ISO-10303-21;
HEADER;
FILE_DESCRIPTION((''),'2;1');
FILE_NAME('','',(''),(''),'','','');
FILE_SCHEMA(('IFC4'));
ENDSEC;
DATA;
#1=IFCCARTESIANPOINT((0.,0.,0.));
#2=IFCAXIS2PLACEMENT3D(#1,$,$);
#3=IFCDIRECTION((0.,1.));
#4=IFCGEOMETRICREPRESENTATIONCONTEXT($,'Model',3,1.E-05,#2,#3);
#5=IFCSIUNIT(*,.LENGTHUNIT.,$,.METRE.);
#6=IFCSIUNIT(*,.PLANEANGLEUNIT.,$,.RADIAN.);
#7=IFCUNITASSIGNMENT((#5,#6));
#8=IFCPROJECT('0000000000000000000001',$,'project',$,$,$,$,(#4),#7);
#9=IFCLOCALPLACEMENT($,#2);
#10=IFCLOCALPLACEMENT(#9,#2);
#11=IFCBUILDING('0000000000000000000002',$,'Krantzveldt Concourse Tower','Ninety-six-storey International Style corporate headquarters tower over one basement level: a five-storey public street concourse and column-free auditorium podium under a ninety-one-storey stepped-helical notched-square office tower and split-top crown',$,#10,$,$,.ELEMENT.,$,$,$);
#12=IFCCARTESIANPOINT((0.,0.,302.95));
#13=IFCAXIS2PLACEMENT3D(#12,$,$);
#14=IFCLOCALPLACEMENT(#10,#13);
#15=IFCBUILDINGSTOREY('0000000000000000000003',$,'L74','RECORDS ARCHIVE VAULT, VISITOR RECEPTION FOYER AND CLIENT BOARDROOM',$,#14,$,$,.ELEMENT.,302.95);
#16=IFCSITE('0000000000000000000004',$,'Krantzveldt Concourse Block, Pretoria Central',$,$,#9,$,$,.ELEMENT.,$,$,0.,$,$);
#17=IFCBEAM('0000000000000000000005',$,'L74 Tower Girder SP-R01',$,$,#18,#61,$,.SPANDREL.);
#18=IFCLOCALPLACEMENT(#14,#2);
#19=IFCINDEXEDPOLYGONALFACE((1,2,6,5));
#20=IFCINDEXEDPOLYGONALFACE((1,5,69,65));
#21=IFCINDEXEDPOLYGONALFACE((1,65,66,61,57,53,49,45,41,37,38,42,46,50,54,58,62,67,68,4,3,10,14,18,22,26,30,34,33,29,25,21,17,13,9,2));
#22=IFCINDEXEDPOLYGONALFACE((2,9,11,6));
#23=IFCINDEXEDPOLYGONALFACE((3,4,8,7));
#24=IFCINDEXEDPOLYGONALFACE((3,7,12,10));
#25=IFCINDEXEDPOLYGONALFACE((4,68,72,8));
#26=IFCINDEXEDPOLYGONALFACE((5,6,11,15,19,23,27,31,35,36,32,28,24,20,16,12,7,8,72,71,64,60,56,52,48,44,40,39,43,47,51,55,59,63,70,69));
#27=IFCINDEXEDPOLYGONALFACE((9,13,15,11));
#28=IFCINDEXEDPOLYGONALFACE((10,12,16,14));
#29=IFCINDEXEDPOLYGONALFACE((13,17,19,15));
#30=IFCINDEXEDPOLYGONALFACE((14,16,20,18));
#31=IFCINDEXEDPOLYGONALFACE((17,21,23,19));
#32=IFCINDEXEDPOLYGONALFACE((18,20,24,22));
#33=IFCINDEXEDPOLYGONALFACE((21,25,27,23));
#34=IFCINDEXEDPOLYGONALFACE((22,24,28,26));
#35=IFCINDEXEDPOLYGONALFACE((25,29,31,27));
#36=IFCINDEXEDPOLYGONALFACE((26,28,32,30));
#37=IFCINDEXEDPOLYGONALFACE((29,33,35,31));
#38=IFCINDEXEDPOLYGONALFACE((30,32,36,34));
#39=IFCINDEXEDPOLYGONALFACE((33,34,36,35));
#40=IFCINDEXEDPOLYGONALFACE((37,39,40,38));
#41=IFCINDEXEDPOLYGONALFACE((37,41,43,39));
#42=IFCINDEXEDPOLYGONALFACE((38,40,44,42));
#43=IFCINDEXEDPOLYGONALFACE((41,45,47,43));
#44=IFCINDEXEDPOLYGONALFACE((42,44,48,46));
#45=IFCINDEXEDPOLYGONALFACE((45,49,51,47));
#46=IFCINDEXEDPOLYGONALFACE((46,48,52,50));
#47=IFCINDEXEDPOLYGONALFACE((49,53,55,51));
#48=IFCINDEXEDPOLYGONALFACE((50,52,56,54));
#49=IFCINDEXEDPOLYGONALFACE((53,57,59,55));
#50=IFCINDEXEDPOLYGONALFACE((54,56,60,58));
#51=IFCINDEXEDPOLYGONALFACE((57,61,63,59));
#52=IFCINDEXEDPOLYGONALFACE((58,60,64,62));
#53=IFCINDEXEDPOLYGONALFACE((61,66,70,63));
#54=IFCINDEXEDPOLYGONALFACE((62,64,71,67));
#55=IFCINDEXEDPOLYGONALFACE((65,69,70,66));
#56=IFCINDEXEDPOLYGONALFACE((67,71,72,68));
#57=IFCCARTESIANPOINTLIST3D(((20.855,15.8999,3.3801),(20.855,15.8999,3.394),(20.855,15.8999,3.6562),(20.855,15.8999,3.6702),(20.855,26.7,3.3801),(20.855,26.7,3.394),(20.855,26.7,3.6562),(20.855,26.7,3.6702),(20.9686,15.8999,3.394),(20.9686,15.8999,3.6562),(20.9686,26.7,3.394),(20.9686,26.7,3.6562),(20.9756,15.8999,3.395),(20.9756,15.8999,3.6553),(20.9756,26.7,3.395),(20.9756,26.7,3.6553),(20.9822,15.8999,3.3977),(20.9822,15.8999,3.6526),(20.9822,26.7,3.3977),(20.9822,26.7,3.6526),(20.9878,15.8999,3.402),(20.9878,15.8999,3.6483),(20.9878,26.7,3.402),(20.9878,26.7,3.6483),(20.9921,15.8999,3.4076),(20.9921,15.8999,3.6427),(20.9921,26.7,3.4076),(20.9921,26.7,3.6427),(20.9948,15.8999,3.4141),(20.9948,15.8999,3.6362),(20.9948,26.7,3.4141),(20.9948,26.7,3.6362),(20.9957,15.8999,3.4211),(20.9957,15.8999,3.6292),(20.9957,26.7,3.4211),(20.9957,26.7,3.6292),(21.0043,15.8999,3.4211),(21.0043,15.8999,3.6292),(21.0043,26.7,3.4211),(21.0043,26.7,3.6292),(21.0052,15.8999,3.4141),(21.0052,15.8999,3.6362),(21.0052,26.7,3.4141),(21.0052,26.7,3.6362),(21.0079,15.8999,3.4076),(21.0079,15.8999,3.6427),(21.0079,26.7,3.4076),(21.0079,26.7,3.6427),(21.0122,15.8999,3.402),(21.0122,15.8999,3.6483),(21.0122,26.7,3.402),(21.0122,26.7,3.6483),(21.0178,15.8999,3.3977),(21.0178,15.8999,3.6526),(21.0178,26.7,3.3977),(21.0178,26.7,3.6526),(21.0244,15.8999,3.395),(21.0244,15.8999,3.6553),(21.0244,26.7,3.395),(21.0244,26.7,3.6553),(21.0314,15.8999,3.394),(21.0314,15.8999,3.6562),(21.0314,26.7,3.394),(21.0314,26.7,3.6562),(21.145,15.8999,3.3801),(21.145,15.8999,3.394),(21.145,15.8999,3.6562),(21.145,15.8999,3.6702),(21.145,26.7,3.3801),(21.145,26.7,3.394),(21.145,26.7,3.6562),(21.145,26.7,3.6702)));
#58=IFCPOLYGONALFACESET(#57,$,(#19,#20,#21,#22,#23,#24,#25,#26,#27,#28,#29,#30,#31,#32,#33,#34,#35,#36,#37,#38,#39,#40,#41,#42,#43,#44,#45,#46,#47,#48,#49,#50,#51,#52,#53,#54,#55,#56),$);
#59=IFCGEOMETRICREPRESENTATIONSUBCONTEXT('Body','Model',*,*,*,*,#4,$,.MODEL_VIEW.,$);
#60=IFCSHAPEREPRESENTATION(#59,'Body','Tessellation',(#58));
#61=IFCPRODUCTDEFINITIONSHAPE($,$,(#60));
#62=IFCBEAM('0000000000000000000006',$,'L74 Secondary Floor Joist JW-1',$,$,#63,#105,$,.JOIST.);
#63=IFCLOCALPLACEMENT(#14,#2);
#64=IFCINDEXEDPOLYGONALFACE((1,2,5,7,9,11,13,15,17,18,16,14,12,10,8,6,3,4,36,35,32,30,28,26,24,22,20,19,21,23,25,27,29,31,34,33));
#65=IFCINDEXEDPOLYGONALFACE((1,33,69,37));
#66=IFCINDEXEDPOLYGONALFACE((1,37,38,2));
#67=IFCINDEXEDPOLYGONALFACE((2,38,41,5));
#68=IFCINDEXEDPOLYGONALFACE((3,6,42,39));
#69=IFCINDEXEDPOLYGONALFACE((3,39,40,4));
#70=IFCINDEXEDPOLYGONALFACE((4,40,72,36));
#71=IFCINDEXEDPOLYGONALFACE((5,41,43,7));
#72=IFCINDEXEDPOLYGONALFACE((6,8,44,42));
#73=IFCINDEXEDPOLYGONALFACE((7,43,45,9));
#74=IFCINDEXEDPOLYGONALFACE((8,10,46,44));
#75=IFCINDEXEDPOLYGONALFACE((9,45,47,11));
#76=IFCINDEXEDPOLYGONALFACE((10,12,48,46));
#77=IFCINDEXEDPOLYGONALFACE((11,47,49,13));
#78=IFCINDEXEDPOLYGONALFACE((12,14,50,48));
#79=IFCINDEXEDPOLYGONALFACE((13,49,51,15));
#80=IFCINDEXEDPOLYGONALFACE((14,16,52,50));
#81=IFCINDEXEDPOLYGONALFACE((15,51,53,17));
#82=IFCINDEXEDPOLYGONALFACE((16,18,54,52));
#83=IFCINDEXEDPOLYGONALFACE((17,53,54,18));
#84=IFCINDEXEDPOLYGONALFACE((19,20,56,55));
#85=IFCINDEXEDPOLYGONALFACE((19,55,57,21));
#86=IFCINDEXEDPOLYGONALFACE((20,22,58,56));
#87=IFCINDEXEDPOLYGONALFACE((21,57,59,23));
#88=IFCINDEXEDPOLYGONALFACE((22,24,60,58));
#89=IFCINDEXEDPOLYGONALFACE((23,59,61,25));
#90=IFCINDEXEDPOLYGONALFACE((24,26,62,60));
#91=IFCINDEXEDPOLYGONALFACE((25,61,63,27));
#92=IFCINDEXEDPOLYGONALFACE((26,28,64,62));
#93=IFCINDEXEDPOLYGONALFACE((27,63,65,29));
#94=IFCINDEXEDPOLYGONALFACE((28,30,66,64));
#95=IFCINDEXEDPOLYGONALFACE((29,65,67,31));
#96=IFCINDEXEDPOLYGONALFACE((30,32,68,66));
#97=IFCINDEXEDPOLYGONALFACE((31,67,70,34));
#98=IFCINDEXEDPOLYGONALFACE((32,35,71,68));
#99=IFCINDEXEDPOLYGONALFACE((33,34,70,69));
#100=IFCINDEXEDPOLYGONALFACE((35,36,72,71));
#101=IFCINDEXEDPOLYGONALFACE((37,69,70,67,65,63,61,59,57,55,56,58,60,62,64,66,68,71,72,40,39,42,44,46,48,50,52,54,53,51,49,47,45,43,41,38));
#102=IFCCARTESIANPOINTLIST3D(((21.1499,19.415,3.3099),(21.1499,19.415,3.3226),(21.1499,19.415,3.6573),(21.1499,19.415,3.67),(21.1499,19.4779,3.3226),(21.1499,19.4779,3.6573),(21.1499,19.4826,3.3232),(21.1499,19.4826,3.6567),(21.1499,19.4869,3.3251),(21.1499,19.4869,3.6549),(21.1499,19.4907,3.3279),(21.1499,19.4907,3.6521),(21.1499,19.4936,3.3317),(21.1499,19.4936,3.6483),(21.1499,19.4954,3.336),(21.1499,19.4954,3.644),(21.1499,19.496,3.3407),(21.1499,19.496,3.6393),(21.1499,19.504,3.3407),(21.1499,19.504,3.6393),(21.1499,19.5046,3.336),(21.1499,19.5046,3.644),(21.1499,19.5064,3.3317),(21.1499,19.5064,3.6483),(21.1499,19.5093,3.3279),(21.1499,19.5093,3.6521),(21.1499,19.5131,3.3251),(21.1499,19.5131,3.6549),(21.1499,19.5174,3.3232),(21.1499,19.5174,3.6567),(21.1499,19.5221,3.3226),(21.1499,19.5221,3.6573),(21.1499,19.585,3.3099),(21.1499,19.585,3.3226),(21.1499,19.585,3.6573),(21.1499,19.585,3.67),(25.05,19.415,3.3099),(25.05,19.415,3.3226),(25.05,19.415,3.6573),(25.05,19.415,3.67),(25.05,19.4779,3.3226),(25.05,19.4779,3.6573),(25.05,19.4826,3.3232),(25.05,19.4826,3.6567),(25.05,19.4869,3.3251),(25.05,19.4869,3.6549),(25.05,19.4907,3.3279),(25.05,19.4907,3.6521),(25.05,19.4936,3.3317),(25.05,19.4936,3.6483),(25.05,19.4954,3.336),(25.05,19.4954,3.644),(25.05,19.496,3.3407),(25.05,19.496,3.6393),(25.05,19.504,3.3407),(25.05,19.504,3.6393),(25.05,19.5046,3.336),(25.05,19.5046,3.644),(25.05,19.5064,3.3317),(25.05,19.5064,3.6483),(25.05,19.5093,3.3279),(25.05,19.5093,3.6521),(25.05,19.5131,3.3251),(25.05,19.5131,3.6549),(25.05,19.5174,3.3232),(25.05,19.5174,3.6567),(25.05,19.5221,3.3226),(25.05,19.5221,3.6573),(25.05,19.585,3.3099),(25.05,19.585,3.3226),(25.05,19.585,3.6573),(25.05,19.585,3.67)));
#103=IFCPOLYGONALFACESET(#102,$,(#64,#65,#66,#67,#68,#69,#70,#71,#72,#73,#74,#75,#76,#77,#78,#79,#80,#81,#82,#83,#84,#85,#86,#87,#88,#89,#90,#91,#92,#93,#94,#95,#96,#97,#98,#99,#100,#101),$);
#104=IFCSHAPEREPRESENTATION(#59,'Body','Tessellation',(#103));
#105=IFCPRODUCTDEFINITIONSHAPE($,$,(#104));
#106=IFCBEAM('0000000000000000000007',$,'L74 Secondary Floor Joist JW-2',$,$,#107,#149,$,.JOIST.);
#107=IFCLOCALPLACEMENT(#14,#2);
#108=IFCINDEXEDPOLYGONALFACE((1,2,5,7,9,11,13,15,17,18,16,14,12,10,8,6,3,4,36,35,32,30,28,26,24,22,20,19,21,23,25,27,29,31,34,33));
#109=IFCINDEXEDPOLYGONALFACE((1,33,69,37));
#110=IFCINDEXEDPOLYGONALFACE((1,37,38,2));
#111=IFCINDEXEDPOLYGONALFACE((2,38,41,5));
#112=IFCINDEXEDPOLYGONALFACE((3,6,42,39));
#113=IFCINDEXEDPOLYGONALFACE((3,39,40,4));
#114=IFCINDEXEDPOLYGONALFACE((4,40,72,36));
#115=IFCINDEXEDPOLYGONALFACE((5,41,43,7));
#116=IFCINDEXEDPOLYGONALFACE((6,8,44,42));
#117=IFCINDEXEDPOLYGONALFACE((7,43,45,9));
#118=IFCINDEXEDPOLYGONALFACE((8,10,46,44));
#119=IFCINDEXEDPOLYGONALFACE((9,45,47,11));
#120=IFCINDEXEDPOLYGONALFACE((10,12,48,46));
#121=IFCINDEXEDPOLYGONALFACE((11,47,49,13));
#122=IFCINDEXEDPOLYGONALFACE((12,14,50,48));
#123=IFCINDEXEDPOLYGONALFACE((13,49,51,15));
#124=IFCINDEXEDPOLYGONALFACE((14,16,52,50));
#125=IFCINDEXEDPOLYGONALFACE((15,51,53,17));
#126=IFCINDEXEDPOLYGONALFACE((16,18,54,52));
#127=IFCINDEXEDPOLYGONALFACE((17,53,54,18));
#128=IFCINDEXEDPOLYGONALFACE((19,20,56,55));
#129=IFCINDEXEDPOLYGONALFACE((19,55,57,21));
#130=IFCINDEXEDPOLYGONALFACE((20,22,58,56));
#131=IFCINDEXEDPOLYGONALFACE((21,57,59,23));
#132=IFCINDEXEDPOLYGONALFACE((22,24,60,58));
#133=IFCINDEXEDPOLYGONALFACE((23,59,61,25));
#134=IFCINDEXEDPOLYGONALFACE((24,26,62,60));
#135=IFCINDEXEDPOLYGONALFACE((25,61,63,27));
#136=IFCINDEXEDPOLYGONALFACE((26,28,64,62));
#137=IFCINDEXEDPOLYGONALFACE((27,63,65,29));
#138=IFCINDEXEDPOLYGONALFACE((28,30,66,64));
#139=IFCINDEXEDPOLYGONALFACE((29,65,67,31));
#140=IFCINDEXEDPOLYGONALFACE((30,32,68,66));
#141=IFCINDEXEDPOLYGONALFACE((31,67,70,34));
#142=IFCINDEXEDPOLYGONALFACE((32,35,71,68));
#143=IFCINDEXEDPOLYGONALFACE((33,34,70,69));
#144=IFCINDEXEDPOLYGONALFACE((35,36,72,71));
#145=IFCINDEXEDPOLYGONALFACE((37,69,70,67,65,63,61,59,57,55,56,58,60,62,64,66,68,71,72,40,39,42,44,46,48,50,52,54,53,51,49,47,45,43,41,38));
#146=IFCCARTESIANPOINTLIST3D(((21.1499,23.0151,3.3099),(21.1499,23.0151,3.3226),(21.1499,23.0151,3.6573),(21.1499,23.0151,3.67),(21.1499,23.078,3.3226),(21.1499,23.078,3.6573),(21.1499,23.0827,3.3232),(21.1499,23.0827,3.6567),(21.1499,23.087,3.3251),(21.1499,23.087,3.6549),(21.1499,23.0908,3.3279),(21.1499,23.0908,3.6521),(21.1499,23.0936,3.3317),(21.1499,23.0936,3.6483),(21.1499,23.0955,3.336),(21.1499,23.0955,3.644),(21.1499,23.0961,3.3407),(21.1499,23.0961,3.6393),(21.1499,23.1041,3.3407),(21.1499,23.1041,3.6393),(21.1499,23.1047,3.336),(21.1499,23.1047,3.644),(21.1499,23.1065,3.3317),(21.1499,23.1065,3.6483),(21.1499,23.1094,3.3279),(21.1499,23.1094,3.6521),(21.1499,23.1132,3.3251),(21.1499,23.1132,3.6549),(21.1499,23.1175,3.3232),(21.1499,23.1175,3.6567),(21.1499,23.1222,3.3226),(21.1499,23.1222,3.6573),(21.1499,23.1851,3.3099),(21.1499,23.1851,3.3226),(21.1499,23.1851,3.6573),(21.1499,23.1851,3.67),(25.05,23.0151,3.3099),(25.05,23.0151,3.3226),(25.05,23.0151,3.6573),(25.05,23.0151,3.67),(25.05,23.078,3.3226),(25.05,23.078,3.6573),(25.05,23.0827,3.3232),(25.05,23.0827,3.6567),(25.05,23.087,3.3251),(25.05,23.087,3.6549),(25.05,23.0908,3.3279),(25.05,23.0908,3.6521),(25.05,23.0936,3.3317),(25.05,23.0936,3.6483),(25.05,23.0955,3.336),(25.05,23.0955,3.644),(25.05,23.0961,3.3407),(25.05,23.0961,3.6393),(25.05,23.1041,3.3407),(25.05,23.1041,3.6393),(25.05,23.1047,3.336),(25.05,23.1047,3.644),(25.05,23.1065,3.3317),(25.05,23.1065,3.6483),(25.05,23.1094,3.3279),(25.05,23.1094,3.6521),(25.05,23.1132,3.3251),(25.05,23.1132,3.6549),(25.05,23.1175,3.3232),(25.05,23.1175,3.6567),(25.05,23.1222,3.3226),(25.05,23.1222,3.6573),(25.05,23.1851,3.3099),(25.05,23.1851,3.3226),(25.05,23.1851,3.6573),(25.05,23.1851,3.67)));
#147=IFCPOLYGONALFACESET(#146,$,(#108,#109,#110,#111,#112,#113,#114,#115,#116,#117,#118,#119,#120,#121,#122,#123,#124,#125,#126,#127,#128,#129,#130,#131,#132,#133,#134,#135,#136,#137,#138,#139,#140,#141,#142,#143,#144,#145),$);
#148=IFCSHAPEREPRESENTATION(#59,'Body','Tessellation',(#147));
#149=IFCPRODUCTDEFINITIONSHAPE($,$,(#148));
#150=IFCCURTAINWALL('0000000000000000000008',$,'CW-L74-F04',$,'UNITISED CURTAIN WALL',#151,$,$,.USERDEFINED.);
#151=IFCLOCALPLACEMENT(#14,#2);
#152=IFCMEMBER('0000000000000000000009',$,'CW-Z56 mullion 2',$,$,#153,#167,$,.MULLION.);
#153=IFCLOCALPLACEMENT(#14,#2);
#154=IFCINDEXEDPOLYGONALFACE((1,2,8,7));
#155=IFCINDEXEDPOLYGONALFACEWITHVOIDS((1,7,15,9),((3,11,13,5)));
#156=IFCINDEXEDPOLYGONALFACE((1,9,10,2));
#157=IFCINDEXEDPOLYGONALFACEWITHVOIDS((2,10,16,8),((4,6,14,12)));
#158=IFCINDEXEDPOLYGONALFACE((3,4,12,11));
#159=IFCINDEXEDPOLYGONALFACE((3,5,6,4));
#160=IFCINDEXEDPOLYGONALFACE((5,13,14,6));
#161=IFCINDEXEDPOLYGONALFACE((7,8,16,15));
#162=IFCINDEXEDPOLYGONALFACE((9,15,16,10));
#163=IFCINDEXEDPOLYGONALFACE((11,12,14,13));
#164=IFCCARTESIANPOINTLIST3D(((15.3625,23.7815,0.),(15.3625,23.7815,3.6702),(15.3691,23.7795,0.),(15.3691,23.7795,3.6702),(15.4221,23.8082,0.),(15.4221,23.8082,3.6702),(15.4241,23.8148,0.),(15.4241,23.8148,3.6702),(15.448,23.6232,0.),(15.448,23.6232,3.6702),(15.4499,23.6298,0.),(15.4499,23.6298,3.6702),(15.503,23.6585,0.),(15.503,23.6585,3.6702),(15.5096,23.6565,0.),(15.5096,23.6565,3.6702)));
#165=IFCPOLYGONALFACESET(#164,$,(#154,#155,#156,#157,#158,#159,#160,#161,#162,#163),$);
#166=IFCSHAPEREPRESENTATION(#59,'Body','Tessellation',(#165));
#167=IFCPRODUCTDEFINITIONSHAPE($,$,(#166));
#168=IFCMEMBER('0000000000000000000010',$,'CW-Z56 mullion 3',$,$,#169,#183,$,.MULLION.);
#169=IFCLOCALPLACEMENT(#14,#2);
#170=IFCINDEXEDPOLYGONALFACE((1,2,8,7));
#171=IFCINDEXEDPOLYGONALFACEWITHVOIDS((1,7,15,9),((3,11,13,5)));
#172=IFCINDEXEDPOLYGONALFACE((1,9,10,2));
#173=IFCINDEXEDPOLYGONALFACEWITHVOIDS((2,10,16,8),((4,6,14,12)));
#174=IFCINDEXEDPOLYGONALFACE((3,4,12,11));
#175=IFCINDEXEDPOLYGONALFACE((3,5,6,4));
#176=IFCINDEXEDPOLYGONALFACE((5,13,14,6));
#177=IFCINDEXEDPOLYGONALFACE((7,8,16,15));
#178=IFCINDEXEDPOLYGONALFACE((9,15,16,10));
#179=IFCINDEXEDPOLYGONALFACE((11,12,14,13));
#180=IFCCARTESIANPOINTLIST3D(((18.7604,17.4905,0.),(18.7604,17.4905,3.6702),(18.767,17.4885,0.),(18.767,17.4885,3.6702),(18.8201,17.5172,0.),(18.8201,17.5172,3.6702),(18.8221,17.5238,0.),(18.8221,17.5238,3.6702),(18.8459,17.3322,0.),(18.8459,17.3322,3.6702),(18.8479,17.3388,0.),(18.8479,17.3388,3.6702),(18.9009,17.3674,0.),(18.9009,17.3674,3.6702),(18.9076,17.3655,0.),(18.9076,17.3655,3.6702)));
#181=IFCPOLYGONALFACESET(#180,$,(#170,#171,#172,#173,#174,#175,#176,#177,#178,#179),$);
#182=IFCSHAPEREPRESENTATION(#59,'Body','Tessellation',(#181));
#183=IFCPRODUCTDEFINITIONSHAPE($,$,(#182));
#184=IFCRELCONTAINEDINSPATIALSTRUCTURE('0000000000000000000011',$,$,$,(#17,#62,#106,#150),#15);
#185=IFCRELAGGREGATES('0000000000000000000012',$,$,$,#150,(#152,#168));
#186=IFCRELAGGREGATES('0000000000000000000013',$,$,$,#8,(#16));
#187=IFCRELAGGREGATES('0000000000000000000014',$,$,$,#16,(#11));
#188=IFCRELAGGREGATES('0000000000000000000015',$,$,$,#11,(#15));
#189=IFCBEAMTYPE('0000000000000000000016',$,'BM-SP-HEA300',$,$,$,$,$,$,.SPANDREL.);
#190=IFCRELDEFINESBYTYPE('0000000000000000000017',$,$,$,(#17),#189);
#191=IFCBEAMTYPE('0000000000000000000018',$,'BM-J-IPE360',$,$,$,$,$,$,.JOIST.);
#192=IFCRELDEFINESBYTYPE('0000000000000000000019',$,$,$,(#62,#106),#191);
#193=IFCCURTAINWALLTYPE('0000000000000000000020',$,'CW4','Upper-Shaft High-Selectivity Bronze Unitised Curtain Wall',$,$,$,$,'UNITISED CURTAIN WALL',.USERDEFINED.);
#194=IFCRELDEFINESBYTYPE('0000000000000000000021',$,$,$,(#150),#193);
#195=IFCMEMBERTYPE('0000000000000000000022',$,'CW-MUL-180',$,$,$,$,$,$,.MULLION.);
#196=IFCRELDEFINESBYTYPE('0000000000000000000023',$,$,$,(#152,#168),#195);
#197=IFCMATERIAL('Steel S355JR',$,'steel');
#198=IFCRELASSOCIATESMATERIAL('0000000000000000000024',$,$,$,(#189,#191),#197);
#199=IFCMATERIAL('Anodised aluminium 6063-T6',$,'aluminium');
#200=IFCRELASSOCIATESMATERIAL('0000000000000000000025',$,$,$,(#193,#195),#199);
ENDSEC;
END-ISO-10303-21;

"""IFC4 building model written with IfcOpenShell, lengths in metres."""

from ifc_helpers import new_model, si_unit, direction, frame, origin, origin_2d, place, context, subcontext, project, spatial, hollow_rectangle, i_section, extrude, source, transform, mapped, material, material_profile, profile_set, type_object, type_shapes, element, aggregate, save


model = new_model("IFC4")

# Units and contexts
model_context = context("Model", 3, precision=1e-05, world=origin(), true_north=direction((0.0, 1.0)))
body_context = subcontext(model_context, "Body", "Model", "MODEL_VIEW")
ifc_project = project(units=[si_unit("LENGTHUNIT", "METRE"), si_unit("PLANEANGLEUNIT", "RADIAN")], contexts=[model_context])

# Site, building, storey
site_placement = place(None, origin())
site = spatial("IfcSite", under=ifc_project, at=site_placement, Name="Krantzveldt Concourse Block, Pretoria Central", CompositionType="ELEMENT", RefElevation=0.0)
building_placement = place(site_placement, origin())
building = spatial("IfcBuilding", under=site, at=building_placement, Name="Krantzveldt Concourse Tower", Description="Ninety-six-storey International Style corporate headquarters tower over one basement level: a five-storey public street concourse and column-free auditorium podium under a ninety-one-storey stepped-helical notched-square office tower and split-top crown", CompositionType="ELEMENT")
storey_placement = place(building_placement, frame((0.0, 0.0, 302.95)))
storey = spatial("IfcBuildingStorey", under=building, at=storey_placement, Name="L74", Description="RECORDS ARCHIVE VAULT, VISITOR RECEPTION FOYER AND CLIENT BOARDROOM", CompositionType="ELEMENT", Elevation=302.95)

# Beams
ifc_material_1 = material(Name="Steel S355JR", Category="steel")
ifc_material_profile_1 = material_profile(ifc_material_1, i_section(OverallWidth=0.29, OverallDepth=0.29, WebThickness=0.0085, FlangeThickness=0.0139, FilletRadius=0.0271, at=origin_2d()), Name="Steel S355JR", Category="steel")
ifc_profile_set_1 = profile_set([ifc_material_profile_1], Name="Steel S355JR - HEA 300")
beam_type_1 = type_object("IfcBeamType", Name="BM-SP-HEA300", PredefinedType="SPANDREL", material=ifc_profile_set_1)
shared_shape_1 = source(origin(), body_context, "Body", "SweptSolid", [
    extrude(i_section(OverallWidth=0.29, OverallDepth=0.29, WebThickness=0.0085, FlangeThickness=0.0139, FilletRadius=0.0271, at=origin_2d()), origin(), (0.0, 0.0, 1.0), 10.8),
])
type_shapes(beam_type_1, [shared_shape_1])
beam_1_placement = place(storey_placement, frame((21.0, 15.8999, 3.5251), z_axis=(0.0, 1.0, 0.0), x_axis=(-1.0, 0.0, 0.0)))
element("IfcBeam", 1, at=beam_1_placement, inside=storey, type_object=beam_type_1, Name="L74 Tower Girder SP-R01", PredefinedType="SPANDREL", context=body_context, shape_type="MappedRepresentation", body=[
    mapped(shared_shape_1, transform((0.0, 0.0, 0.0), x_axis=(1.0, 0.0, 0.0), y_axis=(0.0, 1.0, 0.0), z_axis=(0.0, 0.0, 1.0), scale=1.0)),
])
ifc_material_profile_2 = material_profile(ifc_material_1, i_section(OverallWidth=0.1699, OverallDepth=0.3601, WebThickness=0.0081, FlangeThickness=0.0127, FilletRadius=0.0181, at=origin_2d()), Name="Steel S355JR", Category="steel")
ifc_profile_set_2 = profile_set([ifc_material_profile_2], Name="Steel S355JR - IPE 360")
beam_type_2 = type_object("IfcBeamType", Name="BM-J-IPE360", PredefinedType="JOIST", material=ifc_profile_set_2)
shared_shape_2 = source(origin(), body_context, "Body", "SweptSolid", [
    extrude(i_section(OverallWidth=0.1699, OverallDepth=0.3601, WebThickness=0.0081, FlangeThickness=0.0127, FilletRadius=0.0181, at=origin_2d()), origin(), (0.0, 0.0, 1.0), 3.9001),
])
type_shapes(beam_type_2, [shared_shape_2])
for number, where, z_axis, x_axis, name in (
    (2, (21.1499, 19.5, 3.49), (1.0, 0.0, 0.0), (0.0, 1.0, 0.0), "L74 Secondary Floor Joist JW-1"),
    (3, (21.1499, 23.1001, 3.49), (1.0, 0.0, 0.0), (0.0, 1.0, 0.0), "L74 Secondary Floor Joist JW-2"),
):
    element("IfcBeam", number, at=place(storey_placement, frame(where, z_axis=z_axis, x_axis=x_axis)), inside=storey, type_object=beam_type_2, Name=name, PredefinedType="JOIST", context=body_context, shape_type="MappedRepresentation", body=[
        mapped(shared_shape_2, transform((0.0, 0.0, 0.0), x_axis=(1.0, 0.0, 0.0), y_axis=(0.0, 1.0, 0.0), z_axis=(0.0, 0.0, 1.0), scale=1.0)),
    ])

# Curtain wall, members
ifc_material_2 = material(Name="Anodised aluminium 6063-T6", Category="aluminium")
curtain_wall_type = type_object("IfcCurtainWallType", Name="CW4", Description="Upper-Shaft High-Selectivity Bronze Unitised Curtain Wall", ElementType="UNITISED CURTAIN WALL", PredefinedType="USERDEFINED", material=ifc_material_2)
curtain_wall_placement = place(storey_placement, origin())
curtain_wall = element("IfcCurtainWall", 4, at=curtain_wall_placement, inside=storey, type_object=curtain_wall_type, Name="CW-L74-F04", ObjectType="UNITISED CURTAIN WALL", PredefinedType="USERDEFINED")
ifc_material_profile_3 = material_profile(ifc_material_2, hollow_rectangle(XDim=0.0701, YDim=0.1799, WallThickness=0.0049, at=origin_2d()), Name="Anodised aluminium 6063-T6", Category="aluminium")
ifc_profile_set_3 = profile_set([ifc_material_profile_3], Name="Anodised aluminium 6063-T6 - ALU-MULL 180x70x5")
member_type_1 = type_object("IfcMemberType", Name="CW-MUL-180", PredefinedType="MULLION", material=ifc_profile_set_3)
shared_shape_3 = source(origin(), body_context, "Body", "SweptSolid", [
    extrude(hollow_rectangle(XDim=0.0701, YDim=0.1799, WallThickness=0.0049, at=origin_2d()), origin(), (0.0, 0.0, 1.0), 3.6702),
])
type_shapes(member_type_1, [shared_shape_3])
member_1_placement = place(storey_placement, frame((15.436, 23.719, 0.0), z_axis=(0.0, 0.0, 1.0), x_axis=(0.879856, 0.47524, 0.0)))
member_1 = element("IfcMember", 5, at=member_1_placement, type_object=member_type_1, Name="CW-Z56 mullion 2", PredefinedType="MULLION", context=body_context, shape_type="MappedRepresentation", body=[
    mapped(shared_shape_3, transform((0.0, 0.0, 0.0), x_axis=(1.0, 0.0, 0.0), y_axis=(0.0, 1.0, 0.0), z_axis=(0.0, 0.0, 1.0), scale=1.0)),
])
member_2_placement = place(storey_placement, frame((18.834, 17.428, 0.0), z_axis=(0.0, 0.0, 1.0), x_axis=(0.879856, 0.47524, 0.0)))
member_2 = element("IfcMember", 6, at=member_2_placement, type_object=member_type_1, Name="CW-Z56 mullion 3", PredefinedType="MULLION", context=body_context, shape_type="MappedRepresentation", body=[
    mapped(shared_shape_3, transform((0.0, 0.0, 0.0), x_axis=(1.0, 0.0, 0.0), y_axis=(0.0, 1.0, 0.0), z_axis=(0.0, 0.0, 1.0), scale=1.0)),
])

aggregate(curtain_wall, [member_1, member_2])

save(model, "model.ifc")
